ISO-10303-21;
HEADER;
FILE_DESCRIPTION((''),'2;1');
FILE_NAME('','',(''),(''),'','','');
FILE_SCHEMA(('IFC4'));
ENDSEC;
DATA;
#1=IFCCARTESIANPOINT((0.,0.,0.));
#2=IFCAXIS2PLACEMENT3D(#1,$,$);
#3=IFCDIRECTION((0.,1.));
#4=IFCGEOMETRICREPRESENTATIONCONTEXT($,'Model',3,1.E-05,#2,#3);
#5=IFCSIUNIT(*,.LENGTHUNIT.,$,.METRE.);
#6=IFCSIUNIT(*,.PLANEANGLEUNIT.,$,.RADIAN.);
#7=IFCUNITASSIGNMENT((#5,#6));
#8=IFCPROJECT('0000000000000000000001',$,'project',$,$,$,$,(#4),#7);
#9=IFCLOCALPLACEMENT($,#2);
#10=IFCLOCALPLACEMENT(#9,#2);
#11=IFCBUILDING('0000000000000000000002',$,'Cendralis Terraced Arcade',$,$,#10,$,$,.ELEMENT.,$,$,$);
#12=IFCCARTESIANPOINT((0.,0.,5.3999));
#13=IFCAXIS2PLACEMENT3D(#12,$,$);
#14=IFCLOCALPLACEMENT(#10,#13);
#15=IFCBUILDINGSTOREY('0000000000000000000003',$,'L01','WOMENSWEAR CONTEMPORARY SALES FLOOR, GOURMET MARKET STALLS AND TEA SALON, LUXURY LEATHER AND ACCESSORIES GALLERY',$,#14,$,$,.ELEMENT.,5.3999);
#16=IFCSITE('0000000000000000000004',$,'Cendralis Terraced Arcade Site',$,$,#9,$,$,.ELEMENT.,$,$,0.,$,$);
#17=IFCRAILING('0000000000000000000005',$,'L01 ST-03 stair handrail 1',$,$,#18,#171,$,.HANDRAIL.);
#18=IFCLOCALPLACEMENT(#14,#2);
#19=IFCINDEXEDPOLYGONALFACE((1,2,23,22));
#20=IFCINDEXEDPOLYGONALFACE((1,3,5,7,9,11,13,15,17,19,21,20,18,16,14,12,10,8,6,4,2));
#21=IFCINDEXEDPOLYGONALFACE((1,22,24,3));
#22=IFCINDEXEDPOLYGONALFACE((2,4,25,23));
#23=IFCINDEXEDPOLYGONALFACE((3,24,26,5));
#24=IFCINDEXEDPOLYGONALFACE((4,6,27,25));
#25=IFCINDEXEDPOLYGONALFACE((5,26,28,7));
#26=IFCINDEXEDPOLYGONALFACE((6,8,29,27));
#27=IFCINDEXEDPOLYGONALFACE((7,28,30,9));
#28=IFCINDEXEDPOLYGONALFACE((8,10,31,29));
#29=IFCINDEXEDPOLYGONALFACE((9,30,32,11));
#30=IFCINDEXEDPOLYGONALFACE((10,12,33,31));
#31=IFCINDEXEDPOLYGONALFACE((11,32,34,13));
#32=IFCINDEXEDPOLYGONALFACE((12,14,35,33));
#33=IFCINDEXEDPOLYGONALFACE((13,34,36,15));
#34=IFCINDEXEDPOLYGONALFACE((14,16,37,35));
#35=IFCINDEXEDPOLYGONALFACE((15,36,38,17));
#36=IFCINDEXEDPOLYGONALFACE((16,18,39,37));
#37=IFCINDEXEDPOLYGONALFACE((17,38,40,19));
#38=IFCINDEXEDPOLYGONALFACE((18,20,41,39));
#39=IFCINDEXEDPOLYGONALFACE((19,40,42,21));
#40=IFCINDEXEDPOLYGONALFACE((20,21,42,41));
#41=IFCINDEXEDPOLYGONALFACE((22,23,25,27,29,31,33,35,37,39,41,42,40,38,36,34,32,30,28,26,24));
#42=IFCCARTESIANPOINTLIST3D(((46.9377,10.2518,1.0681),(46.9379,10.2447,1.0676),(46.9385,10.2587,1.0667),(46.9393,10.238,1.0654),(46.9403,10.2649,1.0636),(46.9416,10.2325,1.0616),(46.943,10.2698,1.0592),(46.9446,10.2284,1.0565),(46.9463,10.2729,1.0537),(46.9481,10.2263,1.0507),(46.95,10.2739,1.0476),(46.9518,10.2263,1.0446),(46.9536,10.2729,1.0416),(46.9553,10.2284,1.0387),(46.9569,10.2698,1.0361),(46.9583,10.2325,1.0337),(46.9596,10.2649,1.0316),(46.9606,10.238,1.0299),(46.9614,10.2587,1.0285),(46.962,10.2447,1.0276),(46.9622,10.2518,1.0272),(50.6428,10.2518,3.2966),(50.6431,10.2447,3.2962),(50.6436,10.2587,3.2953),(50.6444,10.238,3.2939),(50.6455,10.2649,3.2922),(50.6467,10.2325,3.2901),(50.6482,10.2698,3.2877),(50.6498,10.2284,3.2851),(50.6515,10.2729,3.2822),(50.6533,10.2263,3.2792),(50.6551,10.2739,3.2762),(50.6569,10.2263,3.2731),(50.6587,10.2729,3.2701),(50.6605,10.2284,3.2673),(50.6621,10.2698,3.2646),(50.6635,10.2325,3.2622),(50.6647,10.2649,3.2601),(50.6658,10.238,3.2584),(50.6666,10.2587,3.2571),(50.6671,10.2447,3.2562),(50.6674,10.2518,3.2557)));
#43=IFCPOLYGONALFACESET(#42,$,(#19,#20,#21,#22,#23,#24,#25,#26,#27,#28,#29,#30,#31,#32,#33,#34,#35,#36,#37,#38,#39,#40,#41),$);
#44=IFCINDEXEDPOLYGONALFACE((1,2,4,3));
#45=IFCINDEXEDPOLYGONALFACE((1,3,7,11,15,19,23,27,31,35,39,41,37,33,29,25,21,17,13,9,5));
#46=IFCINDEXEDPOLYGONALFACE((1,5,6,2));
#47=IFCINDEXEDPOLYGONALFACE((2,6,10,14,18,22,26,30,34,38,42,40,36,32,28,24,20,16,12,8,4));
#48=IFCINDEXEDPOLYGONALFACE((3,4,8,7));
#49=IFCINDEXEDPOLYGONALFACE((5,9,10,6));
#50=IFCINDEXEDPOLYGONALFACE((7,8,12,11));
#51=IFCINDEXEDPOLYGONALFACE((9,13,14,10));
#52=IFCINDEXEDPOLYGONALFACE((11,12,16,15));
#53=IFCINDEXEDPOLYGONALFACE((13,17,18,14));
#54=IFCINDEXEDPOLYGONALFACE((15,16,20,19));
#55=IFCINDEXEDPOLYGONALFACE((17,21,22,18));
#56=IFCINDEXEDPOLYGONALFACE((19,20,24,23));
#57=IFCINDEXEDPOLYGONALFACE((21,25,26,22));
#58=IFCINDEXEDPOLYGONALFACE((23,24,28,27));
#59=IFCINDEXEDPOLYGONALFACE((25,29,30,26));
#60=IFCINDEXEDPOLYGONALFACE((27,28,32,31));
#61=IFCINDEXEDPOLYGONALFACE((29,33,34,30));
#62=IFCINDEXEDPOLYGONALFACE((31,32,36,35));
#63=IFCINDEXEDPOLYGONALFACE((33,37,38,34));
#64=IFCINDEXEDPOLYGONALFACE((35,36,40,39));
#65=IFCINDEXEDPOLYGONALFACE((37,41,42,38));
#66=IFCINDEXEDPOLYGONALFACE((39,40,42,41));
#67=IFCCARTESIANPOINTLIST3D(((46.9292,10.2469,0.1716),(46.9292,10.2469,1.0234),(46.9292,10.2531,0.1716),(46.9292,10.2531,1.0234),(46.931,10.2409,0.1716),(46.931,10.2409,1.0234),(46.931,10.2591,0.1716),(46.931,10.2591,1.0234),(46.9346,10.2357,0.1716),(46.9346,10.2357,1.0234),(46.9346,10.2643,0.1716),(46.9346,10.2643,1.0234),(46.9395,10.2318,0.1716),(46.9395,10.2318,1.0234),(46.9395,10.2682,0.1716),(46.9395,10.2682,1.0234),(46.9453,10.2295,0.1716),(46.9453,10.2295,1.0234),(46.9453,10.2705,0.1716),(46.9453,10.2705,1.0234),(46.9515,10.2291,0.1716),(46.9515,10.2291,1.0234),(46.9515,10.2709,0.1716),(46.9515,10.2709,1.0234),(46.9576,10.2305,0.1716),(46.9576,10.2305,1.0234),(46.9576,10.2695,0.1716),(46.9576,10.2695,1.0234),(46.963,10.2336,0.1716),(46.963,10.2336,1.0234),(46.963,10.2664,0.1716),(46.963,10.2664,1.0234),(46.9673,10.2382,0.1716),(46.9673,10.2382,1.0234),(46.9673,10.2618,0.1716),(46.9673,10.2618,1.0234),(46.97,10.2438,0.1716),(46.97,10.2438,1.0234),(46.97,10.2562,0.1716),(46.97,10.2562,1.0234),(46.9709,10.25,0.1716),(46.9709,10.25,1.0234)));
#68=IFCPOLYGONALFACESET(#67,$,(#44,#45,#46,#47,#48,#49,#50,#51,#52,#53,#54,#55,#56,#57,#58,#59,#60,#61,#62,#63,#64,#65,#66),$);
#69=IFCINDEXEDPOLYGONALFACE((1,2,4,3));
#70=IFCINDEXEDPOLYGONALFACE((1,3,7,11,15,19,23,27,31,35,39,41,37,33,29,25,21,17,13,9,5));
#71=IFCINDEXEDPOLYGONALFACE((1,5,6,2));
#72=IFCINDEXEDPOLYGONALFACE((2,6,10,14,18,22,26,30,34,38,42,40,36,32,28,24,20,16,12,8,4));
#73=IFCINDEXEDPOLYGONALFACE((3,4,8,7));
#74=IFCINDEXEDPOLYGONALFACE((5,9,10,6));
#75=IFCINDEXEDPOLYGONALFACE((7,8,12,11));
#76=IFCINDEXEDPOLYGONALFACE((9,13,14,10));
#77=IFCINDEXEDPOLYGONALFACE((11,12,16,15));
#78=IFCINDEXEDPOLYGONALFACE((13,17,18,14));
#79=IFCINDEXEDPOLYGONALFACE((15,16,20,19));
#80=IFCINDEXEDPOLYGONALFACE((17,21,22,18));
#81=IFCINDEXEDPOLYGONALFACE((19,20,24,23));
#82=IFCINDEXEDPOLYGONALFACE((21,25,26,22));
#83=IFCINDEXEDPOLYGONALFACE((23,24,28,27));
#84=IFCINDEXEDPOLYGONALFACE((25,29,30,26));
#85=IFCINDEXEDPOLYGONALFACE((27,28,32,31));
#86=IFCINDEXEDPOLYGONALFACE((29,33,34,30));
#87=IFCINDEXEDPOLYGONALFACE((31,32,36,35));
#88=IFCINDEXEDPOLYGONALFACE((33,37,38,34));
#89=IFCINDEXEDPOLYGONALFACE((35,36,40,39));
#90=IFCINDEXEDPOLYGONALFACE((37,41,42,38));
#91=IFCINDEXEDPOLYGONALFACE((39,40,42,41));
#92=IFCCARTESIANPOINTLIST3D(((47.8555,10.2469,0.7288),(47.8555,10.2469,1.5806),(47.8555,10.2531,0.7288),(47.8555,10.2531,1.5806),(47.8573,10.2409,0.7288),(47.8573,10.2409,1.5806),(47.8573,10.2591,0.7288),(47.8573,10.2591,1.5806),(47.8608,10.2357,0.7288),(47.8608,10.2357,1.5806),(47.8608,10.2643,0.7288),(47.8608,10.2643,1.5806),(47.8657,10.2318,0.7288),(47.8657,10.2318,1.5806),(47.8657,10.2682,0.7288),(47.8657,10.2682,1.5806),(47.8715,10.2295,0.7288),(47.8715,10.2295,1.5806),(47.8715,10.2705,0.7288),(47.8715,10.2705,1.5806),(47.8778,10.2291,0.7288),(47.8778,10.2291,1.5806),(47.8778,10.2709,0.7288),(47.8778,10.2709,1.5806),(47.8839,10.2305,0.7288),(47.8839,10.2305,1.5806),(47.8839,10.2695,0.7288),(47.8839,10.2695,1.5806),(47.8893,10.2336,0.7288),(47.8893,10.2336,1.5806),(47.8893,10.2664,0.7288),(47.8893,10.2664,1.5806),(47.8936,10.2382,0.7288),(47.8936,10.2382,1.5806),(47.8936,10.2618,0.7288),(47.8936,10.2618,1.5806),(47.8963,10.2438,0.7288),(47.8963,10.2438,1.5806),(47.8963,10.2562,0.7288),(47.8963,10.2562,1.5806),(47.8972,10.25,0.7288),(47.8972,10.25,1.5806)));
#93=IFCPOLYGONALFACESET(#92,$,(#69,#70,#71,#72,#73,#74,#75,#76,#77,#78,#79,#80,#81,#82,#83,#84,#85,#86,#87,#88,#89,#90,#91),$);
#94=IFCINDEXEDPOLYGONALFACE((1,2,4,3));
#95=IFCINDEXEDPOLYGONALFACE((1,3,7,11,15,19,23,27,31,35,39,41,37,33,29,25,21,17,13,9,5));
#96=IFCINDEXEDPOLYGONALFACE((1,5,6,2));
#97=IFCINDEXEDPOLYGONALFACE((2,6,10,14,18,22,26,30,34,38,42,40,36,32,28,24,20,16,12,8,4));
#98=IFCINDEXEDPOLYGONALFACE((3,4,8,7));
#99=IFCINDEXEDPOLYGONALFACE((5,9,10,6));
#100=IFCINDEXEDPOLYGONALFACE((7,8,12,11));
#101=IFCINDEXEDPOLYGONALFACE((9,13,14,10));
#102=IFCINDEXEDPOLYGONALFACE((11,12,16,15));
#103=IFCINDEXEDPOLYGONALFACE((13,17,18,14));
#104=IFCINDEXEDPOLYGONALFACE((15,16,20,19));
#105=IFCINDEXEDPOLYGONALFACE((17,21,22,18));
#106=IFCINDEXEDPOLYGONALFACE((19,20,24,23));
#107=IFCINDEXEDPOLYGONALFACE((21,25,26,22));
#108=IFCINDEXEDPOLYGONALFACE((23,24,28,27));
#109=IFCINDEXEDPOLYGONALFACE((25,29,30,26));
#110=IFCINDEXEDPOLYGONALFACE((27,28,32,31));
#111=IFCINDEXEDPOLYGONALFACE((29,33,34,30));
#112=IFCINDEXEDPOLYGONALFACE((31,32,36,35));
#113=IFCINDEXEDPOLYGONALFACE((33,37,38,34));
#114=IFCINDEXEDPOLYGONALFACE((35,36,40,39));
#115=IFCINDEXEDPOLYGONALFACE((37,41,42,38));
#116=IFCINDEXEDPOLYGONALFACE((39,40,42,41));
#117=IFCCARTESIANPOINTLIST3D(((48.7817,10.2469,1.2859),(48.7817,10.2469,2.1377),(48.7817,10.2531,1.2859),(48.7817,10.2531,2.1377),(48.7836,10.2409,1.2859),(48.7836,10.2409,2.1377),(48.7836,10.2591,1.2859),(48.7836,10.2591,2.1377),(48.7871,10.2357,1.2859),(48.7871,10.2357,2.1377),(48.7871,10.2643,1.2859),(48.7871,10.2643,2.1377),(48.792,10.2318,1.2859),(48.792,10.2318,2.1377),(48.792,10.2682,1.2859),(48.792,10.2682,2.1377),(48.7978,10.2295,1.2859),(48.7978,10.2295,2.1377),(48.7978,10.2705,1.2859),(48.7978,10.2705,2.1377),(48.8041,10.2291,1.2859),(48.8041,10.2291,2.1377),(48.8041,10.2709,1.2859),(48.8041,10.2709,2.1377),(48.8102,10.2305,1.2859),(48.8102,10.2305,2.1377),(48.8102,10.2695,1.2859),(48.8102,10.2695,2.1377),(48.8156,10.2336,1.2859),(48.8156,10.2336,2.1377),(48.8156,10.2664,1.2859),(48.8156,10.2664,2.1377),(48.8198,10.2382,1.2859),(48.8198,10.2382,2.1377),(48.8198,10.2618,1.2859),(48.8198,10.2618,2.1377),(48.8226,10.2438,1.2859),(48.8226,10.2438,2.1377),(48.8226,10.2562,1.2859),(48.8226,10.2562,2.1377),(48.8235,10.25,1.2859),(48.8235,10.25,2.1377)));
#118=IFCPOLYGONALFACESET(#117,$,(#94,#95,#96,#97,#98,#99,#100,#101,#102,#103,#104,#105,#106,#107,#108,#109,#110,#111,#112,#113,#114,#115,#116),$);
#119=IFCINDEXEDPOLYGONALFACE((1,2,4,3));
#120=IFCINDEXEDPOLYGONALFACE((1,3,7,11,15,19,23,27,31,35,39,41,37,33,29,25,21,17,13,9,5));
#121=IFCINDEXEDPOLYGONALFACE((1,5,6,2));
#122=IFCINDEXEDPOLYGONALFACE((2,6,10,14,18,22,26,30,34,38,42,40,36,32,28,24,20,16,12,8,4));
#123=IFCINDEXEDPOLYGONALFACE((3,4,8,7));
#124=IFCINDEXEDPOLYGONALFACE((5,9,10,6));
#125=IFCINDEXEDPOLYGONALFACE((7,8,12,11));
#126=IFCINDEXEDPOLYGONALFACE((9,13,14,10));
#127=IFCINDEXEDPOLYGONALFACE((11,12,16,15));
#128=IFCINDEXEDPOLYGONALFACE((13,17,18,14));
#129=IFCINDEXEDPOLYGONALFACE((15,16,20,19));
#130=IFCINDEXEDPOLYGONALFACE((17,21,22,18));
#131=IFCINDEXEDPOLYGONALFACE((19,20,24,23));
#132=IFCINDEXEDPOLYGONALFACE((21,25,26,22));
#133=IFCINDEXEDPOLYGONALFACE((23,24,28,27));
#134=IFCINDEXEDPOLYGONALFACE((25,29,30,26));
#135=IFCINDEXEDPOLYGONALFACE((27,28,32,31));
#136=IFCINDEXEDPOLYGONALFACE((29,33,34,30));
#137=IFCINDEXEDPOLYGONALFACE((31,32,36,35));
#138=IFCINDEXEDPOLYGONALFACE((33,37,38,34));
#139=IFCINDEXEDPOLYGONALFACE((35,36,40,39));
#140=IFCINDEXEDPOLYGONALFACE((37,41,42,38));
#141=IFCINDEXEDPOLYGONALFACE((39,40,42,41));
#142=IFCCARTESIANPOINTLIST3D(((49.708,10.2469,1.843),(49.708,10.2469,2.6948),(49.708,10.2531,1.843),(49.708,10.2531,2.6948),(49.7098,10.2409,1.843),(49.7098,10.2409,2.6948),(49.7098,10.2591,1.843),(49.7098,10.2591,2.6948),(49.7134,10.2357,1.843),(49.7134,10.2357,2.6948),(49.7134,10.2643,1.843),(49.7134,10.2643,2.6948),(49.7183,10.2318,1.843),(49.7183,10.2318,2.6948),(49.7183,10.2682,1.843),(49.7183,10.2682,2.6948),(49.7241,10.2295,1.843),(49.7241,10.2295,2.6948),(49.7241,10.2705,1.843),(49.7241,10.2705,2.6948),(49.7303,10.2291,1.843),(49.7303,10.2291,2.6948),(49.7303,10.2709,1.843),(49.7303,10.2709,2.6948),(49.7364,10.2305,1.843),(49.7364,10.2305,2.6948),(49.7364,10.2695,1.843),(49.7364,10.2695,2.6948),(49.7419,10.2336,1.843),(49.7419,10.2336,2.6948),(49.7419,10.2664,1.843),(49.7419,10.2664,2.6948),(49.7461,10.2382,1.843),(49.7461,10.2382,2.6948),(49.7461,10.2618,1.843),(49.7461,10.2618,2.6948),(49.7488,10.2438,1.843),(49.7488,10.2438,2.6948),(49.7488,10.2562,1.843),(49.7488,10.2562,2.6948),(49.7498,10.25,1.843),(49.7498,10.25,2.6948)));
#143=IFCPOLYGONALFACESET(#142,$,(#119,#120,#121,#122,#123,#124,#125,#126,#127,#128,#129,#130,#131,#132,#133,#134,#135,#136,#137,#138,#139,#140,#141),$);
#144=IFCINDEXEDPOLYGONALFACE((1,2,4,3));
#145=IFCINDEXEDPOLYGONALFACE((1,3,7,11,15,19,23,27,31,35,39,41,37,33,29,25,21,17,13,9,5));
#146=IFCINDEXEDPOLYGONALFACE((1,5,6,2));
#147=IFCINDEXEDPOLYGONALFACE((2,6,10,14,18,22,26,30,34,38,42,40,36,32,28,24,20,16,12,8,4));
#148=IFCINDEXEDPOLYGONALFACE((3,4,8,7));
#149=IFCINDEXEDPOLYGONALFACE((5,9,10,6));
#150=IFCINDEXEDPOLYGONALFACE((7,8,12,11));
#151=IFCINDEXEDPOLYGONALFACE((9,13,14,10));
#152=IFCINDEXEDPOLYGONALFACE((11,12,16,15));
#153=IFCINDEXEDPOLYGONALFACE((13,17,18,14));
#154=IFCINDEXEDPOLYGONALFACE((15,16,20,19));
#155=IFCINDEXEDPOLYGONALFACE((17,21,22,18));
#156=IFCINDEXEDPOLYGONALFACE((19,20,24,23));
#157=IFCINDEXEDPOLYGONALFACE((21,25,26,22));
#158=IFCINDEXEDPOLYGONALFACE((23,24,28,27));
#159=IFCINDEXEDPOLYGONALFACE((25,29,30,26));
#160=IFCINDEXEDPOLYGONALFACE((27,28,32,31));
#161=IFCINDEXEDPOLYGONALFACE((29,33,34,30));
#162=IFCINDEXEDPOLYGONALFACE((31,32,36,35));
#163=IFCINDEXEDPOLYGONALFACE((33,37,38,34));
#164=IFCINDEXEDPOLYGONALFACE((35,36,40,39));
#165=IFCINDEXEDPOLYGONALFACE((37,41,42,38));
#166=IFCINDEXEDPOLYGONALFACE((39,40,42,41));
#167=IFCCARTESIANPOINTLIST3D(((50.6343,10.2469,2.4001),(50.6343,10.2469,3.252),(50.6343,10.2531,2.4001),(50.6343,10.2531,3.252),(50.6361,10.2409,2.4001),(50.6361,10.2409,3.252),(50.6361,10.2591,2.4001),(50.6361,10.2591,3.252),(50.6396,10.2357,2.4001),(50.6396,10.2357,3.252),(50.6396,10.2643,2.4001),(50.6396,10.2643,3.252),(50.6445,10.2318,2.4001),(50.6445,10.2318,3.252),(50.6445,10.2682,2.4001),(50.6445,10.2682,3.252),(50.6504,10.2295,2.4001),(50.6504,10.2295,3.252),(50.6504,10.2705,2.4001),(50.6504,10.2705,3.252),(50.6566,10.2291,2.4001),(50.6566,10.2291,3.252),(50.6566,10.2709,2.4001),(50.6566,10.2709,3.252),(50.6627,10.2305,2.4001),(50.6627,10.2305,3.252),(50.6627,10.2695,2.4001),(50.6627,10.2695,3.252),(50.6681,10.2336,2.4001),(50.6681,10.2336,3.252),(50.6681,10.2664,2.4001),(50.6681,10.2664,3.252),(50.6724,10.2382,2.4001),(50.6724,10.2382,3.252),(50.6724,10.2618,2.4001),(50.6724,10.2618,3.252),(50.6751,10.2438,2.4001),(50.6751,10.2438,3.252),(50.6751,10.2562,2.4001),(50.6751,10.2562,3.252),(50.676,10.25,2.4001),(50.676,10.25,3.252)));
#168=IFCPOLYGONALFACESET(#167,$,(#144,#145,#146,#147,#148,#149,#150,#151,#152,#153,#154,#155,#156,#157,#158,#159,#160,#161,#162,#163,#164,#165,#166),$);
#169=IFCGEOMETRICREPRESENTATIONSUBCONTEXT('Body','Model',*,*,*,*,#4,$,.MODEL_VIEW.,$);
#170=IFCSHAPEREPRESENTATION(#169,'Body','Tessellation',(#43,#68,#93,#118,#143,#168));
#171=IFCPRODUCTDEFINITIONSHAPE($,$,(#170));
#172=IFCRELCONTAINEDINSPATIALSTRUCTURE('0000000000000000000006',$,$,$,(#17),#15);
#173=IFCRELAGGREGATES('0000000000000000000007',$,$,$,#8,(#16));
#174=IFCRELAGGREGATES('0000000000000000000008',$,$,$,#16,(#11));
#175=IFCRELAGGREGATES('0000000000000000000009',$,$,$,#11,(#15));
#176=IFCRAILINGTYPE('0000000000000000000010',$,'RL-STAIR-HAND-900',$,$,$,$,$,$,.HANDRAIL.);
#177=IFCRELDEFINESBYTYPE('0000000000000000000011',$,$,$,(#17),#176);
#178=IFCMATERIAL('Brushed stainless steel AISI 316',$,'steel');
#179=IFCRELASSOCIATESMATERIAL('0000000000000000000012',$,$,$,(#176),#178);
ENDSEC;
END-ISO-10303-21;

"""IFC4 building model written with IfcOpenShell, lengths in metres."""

from ifc_helpers import new_model, si_unit, direction, frame, origin, origin_2d, place, context, subcontext, project, spatial, circle, extrude, material, type_object, element, save


model = new_model("IFC4")

# Units and contexts
model_context = context("Model", 3, precision=1e-05, world=origin(), true_north=direction((0.0, 1.0)))
body_context = subcontext(model_context, "Body", "Model", "MODEL_VIEW")
ifc_project = project(units=[si_unit("LENGTHUNIT", "METRE"), si_unit("PLANEANGLEUNIT", "RADIAN")], contexts=[model_context])

# Site, building, storey
site_placement = place(None, origin())
site = spatial("IfcSite", under=ifc_project, at=site_placement, Name="Cendralis Terraced Arcade Site", CompositionType="ELEMENT", RefElevation=0.0)
building_placement = place(site_placement, origin())
building = spatial("IfcBuilding", under=site, at=building_placement, Name="Cendralis Terraced Arcade", CompositionType="ELEMENT")
storey_placement = place(building_placement, frame((0.0, 0.0, 5.3999)))
storey = spatial("IfcBuildingStorey", under=building, at=storey_placement, Name="L01", Description="WOMENSWEAR CONTEMPORARY SALES FLOOR, GOURMET MARKET STALLS AND TEA SALON, LUXURY LEATHER AND ACCESSORIES GALLERY", CompositionType="ELEMENT", Elevation=5.3999)

# Railing
ifc_material_1 = material(Name="Brushed stainless steel AISI 316", Category="steel")
railing_type_1 = type_object("IfcRailingType", Name="RL-STAIR-HAND-900", PredefinedType="HANDRAIL", material=ifc_material_1)
railing_1_placement = place(storey_placement, frame((46.95, 10.25, 0.1716)))
element("IfcRailing", 1, at=railing_1_placement, inside=storey, type_object=railing_type_1, Name="L01 ST-03 stair handrail 1", PredefinedType="HANDRAIL", context=body_context, shape_type="SweptSolid", body=[
    extrude(circle(Radius=0.0239, at=origin_2d()), frame((0.0, 0.0, 0.876), z_axis=(0.856934, 0.0, 0.515425), x_axis=(0.0, 1.0, 0.0)), (0.0, 0.0, 1.0), 4.3237),
    extrude(circle(Radius=0.021, at=origin_2d()), origin(), (0.0, 0.0, 1.0), 0.8518),
    extrude(circle(Radius=0.021, at=origin_2d()), frame((0.9263, 0.0, 0.5571)), (0.0, 0.0, 1.0), 0.8518),
    extrude(circle(Radius=0.021, at=origin_2d()), frame((1.8525, 0.0, 1.1143)), (0.0, 0.0, 1.0), 0.8518),
    extrude(circle(Radius=0.021, at=origin_2d()), frame((2.7788, 0.0, 1.6714)), (0.0, 0.0, 1.0), 0.8518),
    extrude(circle(Radius=0.021, at=origin_2d()), frame((3.7051, 0.0, 2.2285)), (0.0, 0.0, 1.0), 0.8518),
])

save(model, "model.ifc")
